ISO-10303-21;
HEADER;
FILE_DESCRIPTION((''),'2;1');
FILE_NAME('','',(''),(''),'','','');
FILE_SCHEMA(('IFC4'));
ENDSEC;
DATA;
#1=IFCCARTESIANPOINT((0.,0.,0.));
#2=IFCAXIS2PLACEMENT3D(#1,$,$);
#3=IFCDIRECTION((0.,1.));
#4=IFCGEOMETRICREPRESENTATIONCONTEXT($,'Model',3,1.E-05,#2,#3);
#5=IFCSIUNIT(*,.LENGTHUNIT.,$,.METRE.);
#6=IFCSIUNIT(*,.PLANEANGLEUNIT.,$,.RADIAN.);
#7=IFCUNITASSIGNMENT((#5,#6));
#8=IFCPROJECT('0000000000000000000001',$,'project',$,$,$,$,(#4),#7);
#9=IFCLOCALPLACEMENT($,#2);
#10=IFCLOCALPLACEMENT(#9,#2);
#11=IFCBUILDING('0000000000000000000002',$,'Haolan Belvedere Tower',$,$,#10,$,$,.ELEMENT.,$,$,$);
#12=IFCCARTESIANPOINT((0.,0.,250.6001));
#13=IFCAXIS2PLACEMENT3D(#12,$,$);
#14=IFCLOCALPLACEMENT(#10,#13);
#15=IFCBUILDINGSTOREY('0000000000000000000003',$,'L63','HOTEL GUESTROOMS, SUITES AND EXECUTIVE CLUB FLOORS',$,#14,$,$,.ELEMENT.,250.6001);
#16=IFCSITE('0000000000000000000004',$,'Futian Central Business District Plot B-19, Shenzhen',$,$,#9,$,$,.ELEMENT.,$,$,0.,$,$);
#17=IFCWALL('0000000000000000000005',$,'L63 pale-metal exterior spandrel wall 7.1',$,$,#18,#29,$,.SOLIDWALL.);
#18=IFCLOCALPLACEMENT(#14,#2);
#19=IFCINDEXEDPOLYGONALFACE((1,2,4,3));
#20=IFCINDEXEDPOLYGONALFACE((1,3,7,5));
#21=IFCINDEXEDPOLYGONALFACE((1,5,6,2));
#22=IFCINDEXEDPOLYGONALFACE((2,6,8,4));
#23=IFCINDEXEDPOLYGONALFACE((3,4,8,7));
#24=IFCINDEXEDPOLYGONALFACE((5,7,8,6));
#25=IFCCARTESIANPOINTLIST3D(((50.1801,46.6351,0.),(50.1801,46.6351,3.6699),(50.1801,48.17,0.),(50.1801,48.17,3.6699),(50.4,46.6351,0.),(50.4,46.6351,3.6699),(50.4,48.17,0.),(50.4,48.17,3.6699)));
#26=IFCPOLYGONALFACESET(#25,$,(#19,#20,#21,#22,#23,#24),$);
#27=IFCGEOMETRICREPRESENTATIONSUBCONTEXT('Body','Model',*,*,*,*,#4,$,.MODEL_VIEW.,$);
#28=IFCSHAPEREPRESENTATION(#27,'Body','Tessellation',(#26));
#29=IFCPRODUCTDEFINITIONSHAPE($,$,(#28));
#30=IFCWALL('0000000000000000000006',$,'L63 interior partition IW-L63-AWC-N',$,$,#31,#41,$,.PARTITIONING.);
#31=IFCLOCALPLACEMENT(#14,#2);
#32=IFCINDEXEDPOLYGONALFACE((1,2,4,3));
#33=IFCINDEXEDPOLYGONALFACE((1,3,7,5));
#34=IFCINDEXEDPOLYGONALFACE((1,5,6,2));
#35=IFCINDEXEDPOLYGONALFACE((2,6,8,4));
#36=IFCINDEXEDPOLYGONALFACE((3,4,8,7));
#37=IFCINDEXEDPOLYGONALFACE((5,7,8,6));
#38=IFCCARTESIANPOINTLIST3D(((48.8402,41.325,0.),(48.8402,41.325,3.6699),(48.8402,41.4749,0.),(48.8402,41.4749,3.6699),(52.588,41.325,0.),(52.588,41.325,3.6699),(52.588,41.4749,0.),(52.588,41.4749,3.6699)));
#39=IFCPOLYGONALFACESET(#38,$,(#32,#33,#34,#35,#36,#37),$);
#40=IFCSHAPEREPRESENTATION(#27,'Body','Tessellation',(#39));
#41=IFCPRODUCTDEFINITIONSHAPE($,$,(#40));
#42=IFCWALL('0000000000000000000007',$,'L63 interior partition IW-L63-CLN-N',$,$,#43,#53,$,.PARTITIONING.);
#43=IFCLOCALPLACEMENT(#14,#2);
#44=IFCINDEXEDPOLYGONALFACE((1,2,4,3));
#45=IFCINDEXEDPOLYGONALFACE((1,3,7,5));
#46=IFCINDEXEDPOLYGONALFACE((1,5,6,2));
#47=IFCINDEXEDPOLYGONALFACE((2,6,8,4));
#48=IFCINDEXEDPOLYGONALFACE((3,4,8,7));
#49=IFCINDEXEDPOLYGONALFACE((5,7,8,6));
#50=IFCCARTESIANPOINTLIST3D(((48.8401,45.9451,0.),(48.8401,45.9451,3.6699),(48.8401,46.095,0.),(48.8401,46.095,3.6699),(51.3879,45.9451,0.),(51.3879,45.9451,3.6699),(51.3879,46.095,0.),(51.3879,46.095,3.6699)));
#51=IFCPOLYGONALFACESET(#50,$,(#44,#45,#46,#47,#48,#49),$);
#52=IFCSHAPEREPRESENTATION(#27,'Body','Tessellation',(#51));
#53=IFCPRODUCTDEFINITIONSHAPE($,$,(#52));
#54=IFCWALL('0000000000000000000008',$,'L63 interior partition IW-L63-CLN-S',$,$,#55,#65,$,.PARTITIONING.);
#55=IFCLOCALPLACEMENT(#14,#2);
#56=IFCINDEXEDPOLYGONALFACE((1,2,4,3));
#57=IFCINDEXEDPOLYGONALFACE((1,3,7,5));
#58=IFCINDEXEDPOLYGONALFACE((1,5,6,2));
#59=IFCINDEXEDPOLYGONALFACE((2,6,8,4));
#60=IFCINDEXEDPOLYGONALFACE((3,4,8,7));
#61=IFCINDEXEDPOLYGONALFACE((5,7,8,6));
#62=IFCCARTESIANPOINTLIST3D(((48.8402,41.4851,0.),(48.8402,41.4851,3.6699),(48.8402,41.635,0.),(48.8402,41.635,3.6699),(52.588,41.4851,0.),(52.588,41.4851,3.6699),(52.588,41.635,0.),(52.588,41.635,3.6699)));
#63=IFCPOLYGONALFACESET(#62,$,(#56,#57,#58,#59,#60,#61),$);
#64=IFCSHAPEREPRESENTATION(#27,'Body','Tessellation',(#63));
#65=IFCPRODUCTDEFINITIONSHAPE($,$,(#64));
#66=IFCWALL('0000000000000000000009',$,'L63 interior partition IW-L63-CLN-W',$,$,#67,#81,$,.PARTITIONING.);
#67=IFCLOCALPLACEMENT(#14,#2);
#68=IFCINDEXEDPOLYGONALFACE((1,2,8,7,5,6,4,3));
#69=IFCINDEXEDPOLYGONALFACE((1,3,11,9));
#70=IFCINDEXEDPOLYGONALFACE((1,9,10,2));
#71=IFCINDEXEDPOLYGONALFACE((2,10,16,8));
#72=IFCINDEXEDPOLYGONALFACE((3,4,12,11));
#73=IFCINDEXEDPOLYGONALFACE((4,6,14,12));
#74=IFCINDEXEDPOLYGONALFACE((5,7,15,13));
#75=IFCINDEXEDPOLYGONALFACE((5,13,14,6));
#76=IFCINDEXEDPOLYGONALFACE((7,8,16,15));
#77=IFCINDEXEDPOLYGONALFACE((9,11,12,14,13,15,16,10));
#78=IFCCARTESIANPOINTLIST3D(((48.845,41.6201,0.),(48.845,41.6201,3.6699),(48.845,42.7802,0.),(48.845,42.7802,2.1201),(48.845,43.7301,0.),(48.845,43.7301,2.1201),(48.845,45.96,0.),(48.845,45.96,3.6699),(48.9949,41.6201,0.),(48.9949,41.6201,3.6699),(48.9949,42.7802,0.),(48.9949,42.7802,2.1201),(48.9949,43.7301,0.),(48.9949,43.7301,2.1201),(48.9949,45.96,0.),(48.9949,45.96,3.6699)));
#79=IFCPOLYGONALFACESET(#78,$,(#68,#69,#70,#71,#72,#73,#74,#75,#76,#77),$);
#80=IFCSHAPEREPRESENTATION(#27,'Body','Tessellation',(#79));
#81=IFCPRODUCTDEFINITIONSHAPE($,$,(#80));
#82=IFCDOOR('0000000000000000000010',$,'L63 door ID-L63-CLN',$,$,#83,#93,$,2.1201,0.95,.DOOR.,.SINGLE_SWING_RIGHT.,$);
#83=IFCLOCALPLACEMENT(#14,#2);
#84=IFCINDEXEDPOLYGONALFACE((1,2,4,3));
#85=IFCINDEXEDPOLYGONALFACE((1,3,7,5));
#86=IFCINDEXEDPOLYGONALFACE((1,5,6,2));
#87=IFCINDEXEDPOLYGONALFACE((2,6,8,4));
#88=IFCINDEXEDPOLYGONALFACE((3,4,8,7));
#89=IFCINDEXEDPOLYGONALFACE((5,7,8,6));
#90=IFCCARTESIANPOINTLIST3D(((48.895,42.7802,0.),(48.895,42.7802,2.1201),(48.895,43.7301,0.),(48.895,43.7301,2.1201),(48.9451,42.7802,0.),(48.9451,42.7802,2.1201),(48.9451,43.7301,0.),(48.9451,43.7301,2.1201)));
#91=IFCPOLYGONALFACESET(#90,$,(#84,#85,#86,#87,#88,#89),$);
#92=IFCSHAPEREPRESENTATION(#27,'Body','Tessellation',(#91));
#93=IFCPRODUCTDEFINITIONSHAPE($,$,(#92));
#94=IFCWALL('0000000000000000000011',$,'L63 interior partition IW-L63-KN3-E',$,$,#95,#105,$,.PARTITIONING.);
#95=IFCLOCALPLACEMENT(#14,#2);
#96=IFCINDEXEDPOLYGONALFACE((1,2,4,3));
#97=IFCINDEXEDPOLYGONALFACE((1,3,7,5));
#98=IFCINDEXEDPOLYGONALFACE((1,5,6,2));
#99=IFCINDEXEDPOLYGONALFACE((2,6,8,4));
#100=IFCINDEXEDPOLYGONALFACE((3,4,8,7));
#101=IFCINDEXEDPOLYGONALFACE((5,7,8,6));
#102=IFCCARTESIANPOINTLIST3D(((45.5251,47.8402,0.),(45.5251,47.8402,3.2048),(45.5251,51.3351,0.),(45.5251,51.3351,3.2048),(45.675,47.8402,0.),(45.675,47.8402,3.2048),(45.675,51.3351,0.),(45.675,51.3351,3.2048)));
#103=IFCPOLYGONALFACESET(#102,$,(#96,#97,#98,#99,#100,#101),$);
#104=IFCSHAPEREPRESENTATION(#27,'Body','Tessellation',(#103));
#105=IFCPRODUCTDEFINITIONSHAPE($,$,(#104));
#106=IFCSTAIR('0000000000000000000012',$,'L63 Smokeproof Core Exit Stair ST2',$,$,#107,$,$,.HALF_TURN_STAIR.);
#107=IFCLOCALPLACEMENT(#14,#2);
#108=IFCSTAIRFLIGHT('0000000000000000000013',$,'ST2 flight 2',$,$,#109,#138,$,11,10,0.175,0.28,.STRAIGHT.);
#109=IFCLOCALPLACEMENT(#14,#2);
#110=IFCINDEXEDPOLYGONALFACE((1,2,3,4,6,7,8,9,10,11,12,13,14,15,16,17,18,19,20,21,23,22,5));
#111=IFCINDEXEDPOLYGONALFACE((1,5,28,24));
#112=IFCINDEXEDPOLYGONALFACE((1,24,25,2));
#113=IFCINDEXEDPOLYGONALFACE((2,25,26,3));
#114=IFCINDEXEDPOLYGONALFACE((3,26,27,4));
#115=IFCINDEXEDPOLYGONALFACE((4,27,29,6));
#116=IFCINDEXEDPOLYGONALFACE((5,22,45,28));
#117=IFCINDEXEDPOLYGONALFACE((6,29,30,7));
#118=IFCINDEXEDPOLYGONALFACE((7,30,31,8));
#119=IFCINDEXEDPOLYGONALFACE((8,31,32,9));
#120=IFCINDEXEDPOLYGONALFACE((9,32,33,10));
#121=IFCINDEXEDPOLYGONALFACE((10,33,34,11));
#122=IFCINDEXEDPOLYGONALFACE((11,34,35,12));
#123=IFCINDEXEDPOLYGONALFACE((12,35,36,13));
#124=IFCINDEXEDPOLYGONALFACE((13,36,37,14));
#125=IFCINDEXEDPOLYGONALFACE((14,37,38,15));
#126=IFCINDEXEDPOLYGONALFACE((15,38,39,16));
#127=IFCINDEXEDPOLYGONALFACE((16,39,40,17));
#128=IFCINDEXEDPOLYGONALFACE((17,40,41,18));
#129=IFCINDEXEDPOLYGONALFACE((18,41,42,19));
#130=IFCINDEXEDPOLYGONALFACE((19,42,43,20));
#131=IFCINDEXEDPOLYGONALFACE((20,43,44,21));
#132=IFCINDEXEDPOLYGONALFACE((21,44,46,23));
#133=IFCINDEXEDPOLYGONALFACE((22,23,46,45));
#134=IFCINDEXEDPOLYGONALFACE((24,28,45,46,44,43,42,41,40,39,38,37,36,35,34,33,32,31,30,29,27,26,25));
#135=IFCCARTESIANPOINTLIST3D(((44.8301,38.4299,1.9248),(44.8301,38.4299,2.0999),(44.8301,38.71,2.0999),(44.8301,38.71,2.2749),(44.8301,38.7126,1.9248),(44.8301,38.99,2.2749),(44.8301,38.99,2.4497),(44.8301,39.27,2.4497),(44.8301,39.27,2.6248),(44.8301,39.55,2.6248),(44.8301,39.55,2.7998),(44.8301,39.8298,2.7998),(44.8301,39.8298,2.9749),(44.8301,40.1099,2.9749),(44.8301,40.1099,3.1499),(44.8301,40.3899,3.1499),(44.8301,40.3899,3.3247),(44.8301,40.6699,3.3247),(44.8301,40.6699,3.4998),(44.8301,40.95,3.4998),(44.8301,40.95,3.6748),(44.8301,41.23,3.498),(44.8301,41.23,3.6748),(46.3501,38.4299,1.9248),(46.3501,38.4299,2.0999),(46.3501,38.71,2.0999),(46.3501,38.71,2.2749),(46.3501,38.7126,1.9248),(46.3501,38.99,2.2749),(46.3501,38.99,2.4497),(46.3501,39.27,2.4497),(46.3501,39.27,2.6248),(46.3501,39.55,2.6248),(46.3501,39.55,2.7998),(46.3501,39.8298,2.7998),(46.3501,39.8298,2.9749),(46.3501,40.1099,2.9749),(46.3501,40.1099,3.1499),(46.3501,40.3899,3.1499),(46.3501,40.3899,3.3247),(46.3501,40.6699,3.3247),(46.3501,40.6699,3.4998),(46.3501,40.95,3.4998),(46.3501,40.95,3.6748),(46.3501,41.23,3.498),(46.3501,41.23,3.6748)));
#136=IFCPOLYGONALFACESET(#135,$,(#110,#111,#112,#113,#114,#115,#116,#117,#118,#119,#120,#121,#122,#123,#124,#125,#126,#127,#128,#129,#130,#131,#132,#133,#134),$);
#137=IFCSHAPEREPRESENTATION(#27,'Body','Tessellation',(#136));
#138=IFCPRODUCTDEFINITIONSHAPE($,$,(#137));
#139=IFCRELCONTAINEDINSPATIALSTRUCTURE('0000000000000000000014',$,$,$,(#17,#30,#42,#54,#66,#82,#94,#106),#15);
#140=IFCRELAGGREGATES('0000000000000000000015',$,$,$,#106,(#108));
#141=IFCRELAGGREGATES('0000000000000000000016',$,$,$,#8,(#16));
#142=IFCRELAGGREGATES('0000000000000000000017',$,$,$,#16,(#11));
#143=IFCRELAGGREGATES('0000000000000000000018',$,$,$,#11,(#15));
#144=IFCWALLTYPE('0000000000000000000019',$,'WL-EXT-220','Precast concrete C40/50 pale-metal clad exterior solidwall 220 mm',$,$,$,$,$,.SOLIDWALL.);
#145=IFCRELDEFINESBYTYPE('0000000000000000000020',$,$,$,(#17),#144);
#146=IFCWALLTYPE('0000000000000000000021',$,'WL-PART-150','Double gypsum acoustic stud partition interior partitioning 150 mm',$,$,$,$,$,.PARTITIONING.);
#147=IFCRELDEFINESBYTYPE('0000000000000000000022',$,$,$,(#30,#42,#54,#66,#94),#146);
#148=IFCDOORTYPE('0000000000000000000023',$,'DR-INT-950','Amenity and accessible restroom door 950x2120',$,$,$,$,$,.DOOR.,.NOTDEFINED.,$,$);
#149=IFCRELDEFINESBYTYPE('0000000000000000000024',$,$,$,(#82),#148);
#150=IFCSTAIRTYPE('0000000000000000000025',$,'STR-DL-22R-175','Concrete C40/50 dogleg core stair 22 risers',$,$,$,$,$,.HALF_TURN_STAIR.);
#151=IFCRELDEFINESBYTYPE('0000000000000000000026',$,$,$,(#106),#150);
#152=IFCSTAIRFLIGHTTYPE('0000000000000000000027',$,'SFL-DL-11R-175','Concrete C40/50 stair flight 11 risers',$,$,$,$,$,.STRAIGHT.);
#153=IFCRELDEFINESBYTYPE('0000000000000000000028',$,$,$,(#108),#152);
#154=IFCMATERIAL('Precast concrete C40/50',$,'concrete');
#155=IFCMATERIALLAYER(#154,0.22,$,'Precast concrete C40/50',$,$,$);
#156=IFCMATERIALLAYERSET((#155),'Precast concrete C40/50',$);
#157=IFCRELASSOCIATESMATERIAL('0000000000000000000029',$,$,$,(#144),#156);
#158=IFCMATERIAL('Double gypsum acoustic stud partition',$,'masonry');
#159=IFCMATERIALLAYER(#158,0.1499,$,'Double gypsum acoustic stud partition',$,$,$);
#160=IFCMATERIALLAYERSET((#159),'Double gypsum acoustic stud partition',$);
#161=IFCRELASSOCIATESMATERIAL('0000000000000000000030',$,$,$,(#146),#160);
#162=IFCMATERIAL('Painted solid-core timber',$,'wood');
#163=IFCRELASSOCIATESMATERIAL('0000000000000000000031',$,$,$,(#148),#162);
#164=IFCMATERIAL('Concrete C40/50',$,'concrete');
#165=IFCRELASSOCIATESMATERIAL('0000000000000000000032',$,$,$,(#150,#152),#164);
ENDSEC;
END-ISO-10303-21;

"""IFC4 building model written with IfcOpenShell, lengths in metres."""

from ifc_helpers import new_model, si_unit, direction, frame, frame_2d, origin, place, context, subcontext, project, spatial, polyline, rectangle, outline, extrude, material, layer, layer_set, type_object, element, fill, aggregate, save


model = new_model("IFC4")

# Units and contexts
model_context = context("Model", 3, precision=1e-05, world=origin(), true_north=direction((0.0, 1.0)))
body_context = subcontext(model_context, "Body", "Model", "MODEL_VIEW")
ifc_project = project(units=[si_unit("LENGTHUNIT", "METRE"), si_unit("PLANEANGLEUNIT", "RADIAN")], contexts=[model_context])

# Site, building, storey
site_placement = place(None, origin())
site = spatial("IfcSite", under=ifc_project, at=site_placement, Name="Futian Central Business District Plot B-19, Shenzhen", CompositionType="ELEMENT", RefElevation=0.0)
building_placement = place(site_placement, origin())
building = spatial("IfcBuilding", under=site, at=building_placement, Name="Haolan Belvedere Tower", CompositionType="ELEMENT")
storey_placement = place(building_placement, frame((0.0, 0.0, 250.6001)))
storey = spatial("IfcBuildingStorey", under=building, at=storey_placement, Name="L63", Description="HOTEL GUESTROOMS, SUITES AND EXECUTIVE CLUB FLOORS", CompositionType="ELEMENT", Elevation=250.6001)

# Shared definitions
ifc_material_1 = material(Name="Precast concrete C40/50", Category="concrete")
ifc_layer_1 = layer(ifc_material_1, 0.22, Name="Precast concrete C40/50")
ifc_layer_set_1 = layer_set([ifc_layer_1], Name="Precast concrete C40/50")
wall_type_1 = type_object("IfcWallType", Name="WL-EXT-220", Description="Precast concrete C40/50 pale-metal clad exterior solidwall 220 mm", PredefinedType="SOLIDWALL", material=ifc_layer_set_1)

# Wall
wall_1_placement = place(storey_placement, frame((50.29, 46.635, 0.0), z_axis=(0.0, 0.0, 1.0), x_axis=(0.0, 1.0, 0.0)))
element("IfcWall", 1, at=wall_1_placement, inside=storey, type_object=wall_type_1, Name="L63 pale-metal exterior spandrel wall 7.1", PredefinedType="SOLIDWALL", context=body_context, shape_type="SweptSolid", body=[
    extrude(rectangle(XDim=1.5349, YDim=0.22, at=frame_2d((0.7676, 0.0))), origin(), (0.0, 0.0, 1.0), 3.6699),
])

# Shared definitions
ifc_material_2 = material(Name="Concrete C40/50", Category="concrete")

# Walls
ifc_material_3 = material(Name="Double gypsum acoustic stud partition", Category="masonry")
ifc_layer_2 = layer(ifc_material_3, 0.1499, Name="Double gypsum acoustic stud partition")
ifc_layer_set_2 = layer_set([ifc_layer_2], Name="Double gypsum acoustic stud partition")
wall_type_2 = type_object("IfcWallType", Name="WL-PART-150", Description="Double gypsum acoustic stud partition interior partitioning 150 mm", PredefinedType="PARTITIONING", material=ifc_layer_set_2)
wall_2_placement = place(storey_placement, frame((48.8401, 41.3999, 0.0), z_axis=(0.0, 0.0, 1.0), x_axis=(1.0, 0.0, 0.0)))
element("IfcWall", 2, at=wall_2_placement, inside=storey, type_object=wall_type_2, Name="L63 interior partition IW-L63-AWC-N", PredefinedType="PARTITIONING", context=body_context, shape_type="SweptSolid", body=[
    extrude(rectangle(XDim=3.7478, YDim=0.1499, at=frame_2d((1.874, 0.0))), origin(), (0.0, 0.0, 1.0), 3.6699),
])
wall_3_placement = place(storey_placement, frame((48.8401, 46.02, 0.0), z_axis=(0.0, 0.0, 1.0), x_axis=(1.0, 0.0, 0.0)))
element("IfcWall", 3, at=wall_3_placement, inside=storey, type_object=wall_type_2, Name="L63 interior partition IW-L63-CLN-N", PredefinedType="PARTITIONING", context=body_context, shape_type="SweptSolid", body=[
    extrude(rectangle(XDim=2.5479, YDim=0.1499, at=frame_2d((1.2739, 0.0))), origin(), (0.0, 0.0, 1.0), 3.6699),
])
wall_4_placement = place(storey_placement, frame((48.8401, 41.5601, 0.0), z_axis=(0.0, 0.0, 1.0), x_axis=(1.0, 0.0, 0.0)))
element("IfcWall", 4, at=wall_4_placement, inside=storey, type_object=wall_type_2, Name="L63 interior partition IW-L63-CLN-S", PredefinedType="PARTITIONING", context=body_context, shape_type="SweptSolid", body=[
    extrude(rectangle(XDim=3.7478, YDim=0.1499, at=frame_2d((1.874, 0.0))), origin(), (0.0, 0.0, 1.0), 3.6699),
])

# Wall, opening, door
wall_5_placement = place(storey_placement, frame((48.9199, 41.6201, 0.0), z_axis=(0.0, 0.0, 1.0), x_axis=(0.0, 1.0, 0.0)))
wall_5 = element("IfcWall", 5, at=wall_5_placement, inside=storey, type_object=wall_type_2, Name="L63 interior partition IW-L63-CLN-W", PredefinedType="PARTITIONING", context=body_context, shape_type="SweptSolid", body=[
    extrude(rectangle(XDim=4.3398, YDim=0.1499, at=frame_2d((2.1699, 0.0))), origin(), (0.0, 0.0, 1.0), 3.6699),
])
opening_1_placement = place(wall_5_placement, frame((1.1599, 0.0, 0.0)))
opening_1 = element("IfcOpeningElement", 6, at=opening_1_placement, cuts=wall_5, PredefinedType="OPENING", context=body_context, shape_type="SweptSolid", body=[
    extrude(rectangle(XDim=0.95, YDim=2.1201, at=frame_2d((0.4751, 1.0601))), frame((0.0, 0.085, 0.0), z_axis=(0.0, -1.0, 0.0), x_axis=(1.0, 0.0, 0.0)), (0.0, 0.0, 1.0), 0.1699),
])
ifc_material_4 = material(Name="Painted solid-core timber", Category="wood")
door_type_1 = type_object("IfcDoorType", Name="DR-INT-950", Description="Amenity and accessible restroom door 950x2120", OperationType="NOTDEFINED", PredefinedType="DOOR", material=ifc_material_4)
door_1_placement = place(opening_1_placement, origin())
door_1 = element("IfcDoor", 7, at=door_1_placement, inside=storey, type_object=door_type_1, Name="L63 door ID-L63-CLN", OperationType="SINGLE_SWING_RIGHT", OverallHeight=2.1201, OverallWidth=0.95, PredefinedType="DOOR", context=body_context, shape_type="SweptSolid", body=[
    extrude(rectangle(XDim=0.95, YDim=2.1201, at=frame_2d((0.4751, 1.0601))), frame((0.0, 0.0249, 0.0), z_axis=(0.0, -1.0, 0.0), x_axis=(1.0, 0.0, 0.0)), (0.0, 0.0, 1.0), 0.05),
])
fill(opening_1, door_1)

# Wall
wall_6_placement = place(storey_placement, frame((45.6001, 47.8401, 0.0), z_axis=(0.0, 0.0, 1.0), x_axis=(0.0, 1.0, 0.0)))
element("IfcWall", 8, at=wall_6_placement, inside=storey, type_object=wall_type_2, Name="L63 interior partition IW-L63-KN3-E", PredefinedType="PARTITIONING", context=body_context, shape_type="SweptSolid", body=[
    extrude(rectangle(XDim=3.4949, YDim=0.1499, at=frame_2d((1.7476, 0.0))), origin(), (0.0, 0.0, 1.0), 3.2048),
])

# Stair, stair flight
stair_type = type_object("IfcStairType", Name="STR-DL-22R-175", Description="Concrete C40/50 dogleg core stair 22 risers", PredefinedType="HALF_TURN_STAIR", material=ifc_material_2)
stair_placement = place(storey_placement, origin())
stair = element("IfcStair", 9, at=stair_placement, inside=storey, type_object=stair_type, Name="L63 Smokeproof Core Exit Stair ST2", PredefinedType="HALF_TURN_STAIR")
stair_flight_type = type_object("IfcStairFlightType", Name="SFL-DL-11R-175", Description="Concrete C40/50 stair flight 11 risers", PredefinedType="STRAIGHT", material=ifc_material_2)
stair_flight_placement = place(storey_placement, frame((45.5901, 38.4299, 1.9248), z_axis=(0.0, 0.0, 1.0), x_axis=(0.0, 1.0, 0.0)))
stair_flight = element("IfcStairFlight", 10, at=stair_flight_placement, type_object=stair_flight_type, Name="ST2 flight 2", NumberOfRisers=11, NumberOfTreads=10, PredefinedType="STRAIGHT", RiserHeight=0.175, TreadLength=0.28, context=body_context, shape_type="SweptSolid", body=[
    extrude(outline(polyline([(0.0, 0.0), (0.0, 0.175), (0.28, 0.175), (0.28, 0.3501), (0.5601, 0.3501), (0.5601, 0.5249), (0.8401, 0.5249), (0.8401, 0.7), (1.1201, 0.7), (1.1201, 0.875), (1.3999, 0.875), (1.3999, 1.05), (1.6799, 1.05), (1.6799, 1.2251), (1.96, 1.2251), (1.96, 1.3999), (2.24, 1.3999), (2.24, 1.575), (2.52, 1.575), (2.52, 1.75), (2.8, 1.75), (2.8, 1.925), (2.8, 1.5732), (0.2827, 0.0), (0.0, 0.0)])), frame((0.0, 0.76, 0.0), z_axis=(0.0, -1.0, 0.0), x_axis=(1.0, 0.0, 0.0)), (0.0, 0.0, 1.0), 1.52),
])
aggregate(stair, [stair_flight])

save(model, "model.ifc")
